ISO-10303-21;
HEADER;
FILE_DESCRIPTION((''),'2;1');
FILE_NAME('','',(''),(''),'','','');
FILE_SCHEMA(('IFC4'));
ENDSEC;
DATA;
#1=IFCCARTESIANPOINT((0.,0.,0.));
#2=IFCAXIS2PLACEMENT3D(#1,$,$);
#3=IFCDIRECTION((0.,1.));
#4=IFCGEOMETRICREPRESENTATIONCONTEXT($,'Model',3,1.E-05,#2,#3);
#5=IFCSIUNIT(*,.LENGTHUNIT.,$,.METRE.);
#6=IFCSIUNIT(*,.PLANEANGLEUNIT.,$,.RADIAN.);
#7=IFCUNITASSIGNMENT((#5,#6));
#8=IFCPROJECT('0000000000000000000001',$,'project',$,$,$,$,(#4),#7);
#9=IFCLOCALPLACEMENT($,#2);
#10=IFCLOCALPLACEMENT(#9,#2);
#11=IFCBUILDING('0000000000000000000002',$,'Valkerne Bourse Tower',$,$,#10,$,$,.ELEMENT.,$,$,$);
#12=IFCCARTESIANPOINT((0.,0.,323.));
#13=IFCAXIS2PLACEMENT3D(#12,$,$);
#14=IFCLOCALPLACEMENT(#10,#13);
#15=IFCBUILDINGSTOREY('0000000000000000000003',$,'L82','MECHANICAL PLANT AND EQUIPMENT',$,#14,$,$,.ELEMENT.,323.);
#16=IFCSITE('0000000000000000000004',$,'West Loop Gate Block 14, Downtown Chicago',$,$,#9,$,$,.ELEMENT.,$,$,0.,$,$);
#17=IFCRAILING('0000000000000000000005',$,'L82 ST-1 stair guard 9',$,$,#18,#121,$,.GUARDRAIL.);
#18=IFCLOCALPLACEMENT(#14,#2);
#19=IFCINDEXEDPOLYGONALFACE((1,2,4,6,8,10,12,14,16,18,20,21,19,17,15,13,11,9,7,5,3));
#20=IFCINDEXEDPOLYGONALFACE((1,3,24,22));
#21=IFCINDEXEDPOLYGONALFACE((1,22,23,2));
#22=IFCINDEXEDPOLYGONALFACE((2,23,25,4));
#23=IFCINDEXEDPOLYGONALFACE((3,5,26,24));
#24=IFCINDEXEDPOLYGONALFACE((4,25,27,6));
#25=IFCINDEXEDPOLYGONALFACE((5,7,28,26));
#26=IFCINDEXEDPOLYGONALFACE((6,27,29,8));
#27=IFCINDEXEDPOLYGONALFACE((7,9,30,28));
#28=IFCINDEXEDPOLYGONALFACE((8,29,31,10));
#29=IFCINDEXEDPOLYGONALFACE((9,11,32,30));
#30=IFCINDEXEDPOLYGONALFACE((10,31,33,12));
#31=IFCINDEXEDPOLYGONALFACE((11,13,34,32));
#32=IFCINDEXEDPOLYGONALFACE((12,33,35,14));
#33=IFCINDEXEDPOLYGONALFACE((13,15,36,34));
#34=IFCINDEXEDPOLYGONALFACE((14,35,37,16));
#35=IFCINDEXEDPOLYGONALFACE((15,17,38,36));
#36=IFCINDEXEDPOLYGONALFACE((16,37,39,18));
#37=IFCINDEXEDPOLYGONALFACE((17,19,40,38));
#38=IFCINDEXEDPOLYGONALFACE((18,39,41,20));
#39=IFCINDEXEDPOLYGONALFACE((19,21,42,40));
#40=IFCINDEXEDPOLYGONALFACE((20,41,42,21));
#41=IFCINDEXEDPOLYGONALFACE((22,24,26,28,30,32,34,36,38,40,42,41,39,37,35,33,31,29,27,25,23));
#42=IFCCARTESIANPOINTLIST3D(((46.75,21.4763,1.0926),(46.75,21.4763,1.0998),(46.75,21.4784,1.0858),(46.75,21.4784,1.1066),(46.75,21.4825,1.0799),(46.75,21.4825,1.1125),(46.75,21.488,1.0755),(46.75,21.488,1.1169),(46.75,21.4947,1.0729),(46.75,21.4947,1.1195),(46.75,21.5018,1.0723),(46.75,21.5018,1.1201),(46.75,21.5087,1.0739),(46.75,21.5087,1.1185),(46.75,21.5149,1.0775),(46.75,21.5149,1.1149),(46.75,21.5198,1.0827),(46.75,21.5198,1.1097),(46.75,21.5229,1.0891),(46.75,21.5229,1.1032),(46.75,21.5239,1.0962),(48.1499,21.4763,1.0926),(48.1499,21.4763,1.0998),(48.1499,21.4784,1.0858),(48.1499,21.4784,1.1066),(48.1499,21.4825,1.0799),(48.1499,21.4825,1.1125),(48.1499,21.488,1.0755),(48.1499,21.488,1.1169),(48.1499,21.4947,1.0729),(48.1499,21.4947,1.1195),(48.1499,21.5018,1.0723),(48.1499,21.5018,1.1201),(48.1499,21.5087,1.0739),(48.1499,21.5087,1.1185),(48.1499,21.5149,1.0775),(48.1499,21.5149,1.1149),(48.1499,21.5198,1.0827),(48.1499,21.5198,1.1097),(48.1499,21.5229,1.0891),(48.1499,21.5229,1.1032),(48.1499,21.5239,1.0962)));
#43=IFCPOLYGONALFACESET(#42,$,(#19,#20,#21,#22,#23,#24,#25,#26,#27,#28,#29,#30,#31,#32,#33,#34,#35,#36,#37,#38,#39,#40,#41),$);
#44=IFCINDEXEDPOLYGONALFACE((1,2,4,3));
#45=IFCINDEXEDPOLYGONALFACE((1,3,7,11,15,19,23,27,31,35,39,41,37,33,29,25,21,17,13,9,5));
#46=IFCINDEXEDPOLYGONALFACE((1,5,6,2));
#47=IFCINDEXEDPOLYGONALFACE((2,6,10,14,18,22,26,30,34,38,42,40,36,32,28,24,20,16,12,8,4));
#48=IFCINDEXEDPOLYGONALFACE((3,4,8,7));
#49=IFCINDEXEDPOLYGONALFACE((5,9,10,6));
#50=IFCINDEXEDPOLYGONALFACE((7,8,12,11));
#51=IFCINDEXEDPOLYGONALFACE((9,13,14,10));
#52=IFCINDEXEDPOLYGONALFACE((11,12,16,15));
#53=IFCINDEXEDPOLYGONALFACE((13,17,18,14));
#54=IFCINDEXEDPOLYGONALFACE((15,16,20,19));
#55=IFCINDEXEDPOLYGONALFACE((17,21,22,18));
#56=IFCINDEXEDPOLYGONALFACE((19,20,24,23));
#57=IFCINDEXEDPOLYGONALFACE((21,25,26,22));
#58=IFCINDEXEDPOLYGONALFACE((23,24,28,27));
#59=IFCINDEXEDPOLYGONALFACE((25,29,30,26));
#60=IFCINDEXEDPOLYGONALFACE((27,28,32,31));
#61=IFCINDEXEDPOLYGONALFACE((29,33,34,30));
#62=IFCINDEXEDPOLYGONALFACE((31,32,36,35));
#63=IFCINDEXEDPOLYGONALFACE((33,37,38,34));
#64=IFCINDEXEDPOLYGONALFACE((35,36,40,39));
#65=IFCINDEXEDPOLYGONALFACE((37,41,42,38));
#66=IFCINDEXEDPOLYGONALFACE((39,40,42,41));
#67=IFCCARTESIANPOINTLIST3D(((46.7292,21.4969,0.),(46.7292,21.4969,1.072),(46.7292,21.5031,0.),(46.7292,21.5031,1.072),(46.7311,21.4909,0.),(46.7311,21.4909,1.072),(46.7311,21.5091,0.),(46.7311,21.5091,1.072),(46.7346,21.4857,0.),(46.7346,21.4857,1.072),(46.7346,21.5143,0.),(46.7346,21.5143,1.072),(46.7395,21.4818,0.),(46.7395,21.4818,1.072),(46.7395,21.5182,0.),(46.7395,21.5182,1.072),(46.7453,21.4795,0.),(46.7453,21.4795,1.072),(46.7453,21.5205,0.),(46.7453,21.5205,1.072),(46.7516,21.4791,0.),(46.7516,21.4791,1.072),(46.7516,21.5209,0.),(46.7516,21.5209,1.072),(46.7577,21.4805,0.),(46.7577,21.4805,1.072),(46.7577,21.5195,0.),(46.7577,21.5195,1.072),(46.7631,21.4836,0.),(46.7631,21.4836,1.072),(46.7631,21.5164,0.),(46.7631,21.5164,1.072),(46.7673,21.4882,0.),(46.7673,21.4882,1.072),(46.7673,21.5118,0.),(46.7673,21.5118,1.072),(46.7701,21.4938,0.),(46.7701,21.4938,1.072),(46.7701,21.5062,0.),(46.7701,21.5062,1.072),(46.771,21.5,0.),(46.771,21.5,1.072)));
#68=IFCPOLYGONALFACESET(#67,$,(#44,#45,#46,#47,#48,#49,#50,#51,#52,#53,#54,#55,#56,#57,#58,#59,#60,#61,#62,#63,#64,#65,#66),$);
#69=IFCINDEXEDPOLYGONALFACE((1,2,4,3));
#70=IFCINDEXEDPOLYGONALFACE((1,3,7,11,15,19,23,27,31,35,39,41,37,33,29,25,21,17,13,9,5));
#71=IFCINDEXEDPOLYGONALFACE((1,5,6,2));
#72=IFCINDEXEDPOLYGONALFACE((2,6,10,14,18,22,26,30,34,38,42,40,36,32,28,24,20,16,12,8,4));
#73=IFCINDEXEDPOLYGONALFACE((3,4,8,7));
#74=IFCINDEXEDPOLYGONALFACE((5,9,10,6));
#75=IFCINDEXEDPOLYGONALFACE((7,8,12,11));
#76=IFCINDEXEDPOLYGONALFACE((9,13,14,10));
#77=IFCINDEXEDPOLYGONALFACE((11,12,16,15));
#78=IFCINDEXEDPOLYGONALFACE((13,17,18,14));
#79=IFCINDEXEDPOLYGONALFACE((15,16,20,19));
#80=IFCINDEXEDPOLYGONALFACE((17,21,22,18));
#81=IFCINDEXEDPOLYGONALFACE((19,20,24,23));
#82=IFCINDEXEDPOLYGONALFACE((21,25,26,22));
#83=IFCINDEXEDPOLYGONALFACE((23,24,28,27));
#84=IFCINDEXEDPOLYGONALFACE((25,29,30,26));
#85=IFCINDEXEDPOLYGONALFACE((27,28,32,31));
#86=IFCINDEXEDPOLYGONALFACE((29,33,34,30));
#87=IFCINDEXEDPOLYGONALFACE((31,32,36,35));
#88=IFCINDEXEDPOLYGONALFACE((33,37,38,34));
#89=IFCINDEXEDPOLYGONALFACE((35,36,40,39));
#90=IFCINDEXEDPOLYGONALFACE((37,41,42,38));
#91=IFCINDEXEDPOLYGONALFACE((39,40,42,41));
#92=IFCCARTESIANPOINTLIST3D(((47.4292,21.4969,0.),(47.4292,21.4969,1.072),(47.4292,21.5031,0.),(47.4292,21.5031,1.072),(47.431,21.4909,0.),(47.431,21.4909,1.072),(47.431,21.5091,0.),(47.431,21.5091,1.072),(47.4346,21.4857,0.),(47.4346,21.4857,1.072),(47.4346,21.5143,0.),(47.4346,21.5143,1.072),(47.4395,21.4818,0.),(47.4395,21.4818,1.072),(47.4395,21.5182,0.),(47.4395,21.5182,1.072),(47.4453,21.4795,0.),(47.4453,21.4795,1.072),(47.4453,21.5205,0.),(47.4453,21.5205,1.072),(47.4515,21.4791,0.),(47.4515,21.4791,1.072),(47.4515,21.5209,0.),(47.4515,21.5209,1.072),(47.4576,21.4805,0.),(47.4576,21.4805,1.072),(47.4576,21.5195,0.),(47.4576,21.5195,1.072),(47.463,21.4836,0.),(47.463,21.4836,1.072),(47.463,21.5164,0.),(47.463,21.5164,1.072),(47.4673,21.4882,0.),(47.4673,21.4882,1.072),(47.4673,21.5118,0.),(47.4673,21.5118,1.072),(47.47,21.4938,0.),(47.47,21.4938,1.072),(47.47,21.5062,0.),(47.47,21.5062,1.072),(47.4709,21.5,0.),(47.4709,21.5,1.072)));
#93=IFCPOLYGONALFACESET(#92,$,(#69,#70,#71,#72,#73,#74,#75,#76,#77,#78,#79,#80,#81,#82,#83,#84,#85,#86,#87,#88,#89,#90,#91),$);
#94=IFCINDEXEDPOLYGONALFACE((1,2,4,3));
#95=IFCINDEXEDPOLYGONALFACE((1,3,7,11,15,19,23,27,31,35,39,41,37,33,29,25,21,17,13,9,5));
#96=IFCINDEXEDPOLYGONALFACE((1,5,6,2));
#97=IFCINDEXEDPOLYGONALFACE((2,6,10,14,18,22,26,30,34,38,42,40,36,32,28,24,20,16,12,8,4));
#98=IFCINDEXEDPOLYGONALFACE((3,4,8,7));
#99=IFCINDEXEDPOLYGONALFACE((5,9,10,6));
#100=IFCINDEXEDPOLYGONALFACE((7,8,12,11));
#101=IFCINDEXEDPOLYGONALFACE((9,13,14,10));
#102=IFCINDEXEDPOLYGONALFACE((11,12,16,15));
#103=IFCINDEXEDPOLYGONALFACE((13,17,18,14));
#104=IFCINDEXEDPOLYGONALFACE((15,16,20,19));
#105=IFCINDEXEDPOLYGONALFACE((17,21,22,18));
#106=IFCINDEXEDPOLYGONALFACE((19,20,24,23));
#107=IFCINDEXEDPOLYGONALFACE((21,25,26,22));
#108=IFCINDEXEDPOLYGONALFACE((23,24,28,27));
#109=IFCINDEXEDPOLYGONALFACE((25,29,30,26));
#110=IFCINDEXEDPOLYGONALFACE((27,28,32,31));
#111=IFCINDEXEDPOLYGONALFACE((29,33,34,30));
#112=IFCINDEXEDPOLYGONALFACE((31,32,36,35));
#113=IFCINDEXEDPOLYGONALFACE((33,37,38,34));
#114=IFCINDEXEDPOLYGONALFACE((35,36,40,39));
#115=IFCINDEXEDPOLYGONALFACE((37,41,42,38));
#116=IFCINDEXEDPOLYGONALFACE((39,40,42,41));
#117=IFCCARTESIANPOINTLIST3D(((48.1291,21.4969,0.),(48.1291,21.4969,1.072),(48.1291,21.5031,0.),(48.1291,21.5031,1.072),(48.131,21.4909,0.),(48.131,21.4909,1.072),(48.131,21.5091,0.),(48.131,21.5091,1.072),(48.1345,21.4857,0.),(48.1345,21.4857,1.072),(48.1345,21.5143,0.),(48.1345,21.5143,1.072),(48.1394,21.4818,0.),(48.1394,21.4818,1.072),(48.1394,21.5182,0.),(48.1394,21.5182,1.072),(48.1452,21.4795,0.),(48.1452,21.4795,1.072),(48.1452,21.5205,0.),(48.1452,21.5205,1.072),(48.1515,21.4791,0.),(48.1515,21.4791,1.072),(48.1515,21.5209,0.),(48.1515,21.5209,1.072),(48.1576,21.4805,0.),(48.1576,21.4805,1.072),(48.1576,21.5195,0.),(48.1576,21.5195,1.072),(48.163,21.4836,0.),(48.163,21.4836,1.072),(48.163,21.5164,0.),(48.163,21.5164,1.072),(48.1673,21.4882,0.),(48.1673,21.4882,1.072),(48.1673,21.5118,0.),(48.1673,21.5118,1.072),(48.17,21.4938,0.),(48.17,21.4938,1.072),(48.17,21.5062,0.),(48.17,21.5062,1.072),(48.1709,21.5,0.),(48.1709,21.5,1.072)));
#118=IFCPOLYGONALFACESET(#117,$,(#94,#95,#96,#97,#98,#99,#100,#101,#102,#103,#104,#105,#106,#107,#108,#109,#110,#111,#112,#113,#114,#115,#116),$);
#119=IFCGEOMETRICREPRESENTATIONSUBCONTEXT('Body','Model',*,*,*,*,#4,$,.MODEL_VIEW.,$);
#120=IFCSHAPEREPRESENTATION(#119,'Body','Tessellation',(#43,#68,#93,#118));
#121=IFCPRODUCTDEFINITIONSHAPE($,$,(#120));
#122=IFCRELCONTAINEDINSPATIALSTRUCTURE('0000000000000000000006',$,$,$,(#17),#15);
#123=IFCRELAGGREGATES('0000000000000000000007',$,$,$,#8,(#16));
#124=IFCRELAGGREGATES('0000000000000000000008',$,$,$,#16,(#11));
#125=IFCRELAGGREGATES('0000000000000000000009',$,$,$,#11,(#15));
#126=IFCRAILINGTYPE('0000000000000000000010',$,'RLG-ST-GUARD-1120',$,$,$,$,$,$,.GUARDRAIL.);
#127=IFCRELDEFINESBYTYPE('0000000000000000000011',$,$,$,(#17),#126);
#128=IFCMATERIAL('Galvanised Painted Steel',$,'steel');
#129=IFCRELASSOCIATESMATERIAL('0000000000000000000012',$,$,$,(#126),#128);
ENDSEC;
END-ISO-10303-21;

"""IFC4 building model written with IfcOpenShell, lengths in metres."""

from ifc_helpers import new_model, si_unit, direction, frame, origin, origin_2d, place, context, subcontext, project, spatial, circle, extrude, material, type_object, element, save


model = new_model("IFC4")

# Units and contexts
model_context = context("Model", 3, precision=1e-05, world=origin(), true_north=direction((0.0, 1.0)))
body_context = subcontext(model_context, "Body", "Model", "MODEL_VIEW")
ifc_project = project(units=[si_unit("LENGTHUNIT", "METRE"), si_unit("PLANEANGLEUNIT", "RADIAN")], contexts=[model_context])

# Site, building, storey
site_placement = place(None, origin())
site = spatial("IfcSite", under=ifc_project, at=site_placement, Name="West Loop Gate Block 14, Downtown Chicago", CompositionType="ELEMENT", RefElevation=0.0)
building_placement = place(site_placement, origin())
building = spatial("IfcBuilding", under=site, at=building_placement, Name="Valkerne Bourse Tower", CompositionType="ELEMENT")
storey_placement = place(building_placement, frame((0.0, 0.0, 323.0)))
storey = spatial("IfcBuildingStorey", under=building, at=storey_placement, Name="L82", Description="MECHANICAL PLANT AND EQUIPMENT", CompositionType="ELEMENT", Elevation=323.0)

# Railing
ifc_material_1 = material(Name="Galvanised Painted Steel", Category="steel")
railing_type_1 = type_object("IfcRailingType", Name="RLG-ST-GUARD-1120", PredefinedType="GUARDRAIL", material=ifc_material_1)
for number, where, name in (
    (1, (46.75, 21.5, 0.0), "L82 ST-1 stair guard 9"),
):
    element("IfcRailing", number, at=place(storey_placement, frame(where)), inside=storey, type_object=railing_type_1, Name=name, PredefinedType="GUARDRAIL", context=body_context, shape_type="SweptSolid", body=[
        extrude(circle(Radius=0.0239, at=origin_2d()), frame((0.0, 0.0, 1.0962), z_axis=(1.0, 0.0, 0.0), x_axis=(0.0, 1.0, 0.0)), (0.0, 0.0, 1.0), 1.3999),
        extrude(circle(Radius=0.021, at=origin_2d()), origin(), (0.0, 0.0, 1.0), 1.072),
        extrude(circle(Radius=0.021, at=origin_2d()), frame((0.7, 0.0, 0.0)), (0.0, 0.0, 1.0), 1.072),
        extrude(circle(Radius=0.021, at=origin_2d()), frame((1.3999, 0.0, 0.0)), (0.0, 0.0, 1.0), 1.072),
    ])

save(model, "model.ifc")
